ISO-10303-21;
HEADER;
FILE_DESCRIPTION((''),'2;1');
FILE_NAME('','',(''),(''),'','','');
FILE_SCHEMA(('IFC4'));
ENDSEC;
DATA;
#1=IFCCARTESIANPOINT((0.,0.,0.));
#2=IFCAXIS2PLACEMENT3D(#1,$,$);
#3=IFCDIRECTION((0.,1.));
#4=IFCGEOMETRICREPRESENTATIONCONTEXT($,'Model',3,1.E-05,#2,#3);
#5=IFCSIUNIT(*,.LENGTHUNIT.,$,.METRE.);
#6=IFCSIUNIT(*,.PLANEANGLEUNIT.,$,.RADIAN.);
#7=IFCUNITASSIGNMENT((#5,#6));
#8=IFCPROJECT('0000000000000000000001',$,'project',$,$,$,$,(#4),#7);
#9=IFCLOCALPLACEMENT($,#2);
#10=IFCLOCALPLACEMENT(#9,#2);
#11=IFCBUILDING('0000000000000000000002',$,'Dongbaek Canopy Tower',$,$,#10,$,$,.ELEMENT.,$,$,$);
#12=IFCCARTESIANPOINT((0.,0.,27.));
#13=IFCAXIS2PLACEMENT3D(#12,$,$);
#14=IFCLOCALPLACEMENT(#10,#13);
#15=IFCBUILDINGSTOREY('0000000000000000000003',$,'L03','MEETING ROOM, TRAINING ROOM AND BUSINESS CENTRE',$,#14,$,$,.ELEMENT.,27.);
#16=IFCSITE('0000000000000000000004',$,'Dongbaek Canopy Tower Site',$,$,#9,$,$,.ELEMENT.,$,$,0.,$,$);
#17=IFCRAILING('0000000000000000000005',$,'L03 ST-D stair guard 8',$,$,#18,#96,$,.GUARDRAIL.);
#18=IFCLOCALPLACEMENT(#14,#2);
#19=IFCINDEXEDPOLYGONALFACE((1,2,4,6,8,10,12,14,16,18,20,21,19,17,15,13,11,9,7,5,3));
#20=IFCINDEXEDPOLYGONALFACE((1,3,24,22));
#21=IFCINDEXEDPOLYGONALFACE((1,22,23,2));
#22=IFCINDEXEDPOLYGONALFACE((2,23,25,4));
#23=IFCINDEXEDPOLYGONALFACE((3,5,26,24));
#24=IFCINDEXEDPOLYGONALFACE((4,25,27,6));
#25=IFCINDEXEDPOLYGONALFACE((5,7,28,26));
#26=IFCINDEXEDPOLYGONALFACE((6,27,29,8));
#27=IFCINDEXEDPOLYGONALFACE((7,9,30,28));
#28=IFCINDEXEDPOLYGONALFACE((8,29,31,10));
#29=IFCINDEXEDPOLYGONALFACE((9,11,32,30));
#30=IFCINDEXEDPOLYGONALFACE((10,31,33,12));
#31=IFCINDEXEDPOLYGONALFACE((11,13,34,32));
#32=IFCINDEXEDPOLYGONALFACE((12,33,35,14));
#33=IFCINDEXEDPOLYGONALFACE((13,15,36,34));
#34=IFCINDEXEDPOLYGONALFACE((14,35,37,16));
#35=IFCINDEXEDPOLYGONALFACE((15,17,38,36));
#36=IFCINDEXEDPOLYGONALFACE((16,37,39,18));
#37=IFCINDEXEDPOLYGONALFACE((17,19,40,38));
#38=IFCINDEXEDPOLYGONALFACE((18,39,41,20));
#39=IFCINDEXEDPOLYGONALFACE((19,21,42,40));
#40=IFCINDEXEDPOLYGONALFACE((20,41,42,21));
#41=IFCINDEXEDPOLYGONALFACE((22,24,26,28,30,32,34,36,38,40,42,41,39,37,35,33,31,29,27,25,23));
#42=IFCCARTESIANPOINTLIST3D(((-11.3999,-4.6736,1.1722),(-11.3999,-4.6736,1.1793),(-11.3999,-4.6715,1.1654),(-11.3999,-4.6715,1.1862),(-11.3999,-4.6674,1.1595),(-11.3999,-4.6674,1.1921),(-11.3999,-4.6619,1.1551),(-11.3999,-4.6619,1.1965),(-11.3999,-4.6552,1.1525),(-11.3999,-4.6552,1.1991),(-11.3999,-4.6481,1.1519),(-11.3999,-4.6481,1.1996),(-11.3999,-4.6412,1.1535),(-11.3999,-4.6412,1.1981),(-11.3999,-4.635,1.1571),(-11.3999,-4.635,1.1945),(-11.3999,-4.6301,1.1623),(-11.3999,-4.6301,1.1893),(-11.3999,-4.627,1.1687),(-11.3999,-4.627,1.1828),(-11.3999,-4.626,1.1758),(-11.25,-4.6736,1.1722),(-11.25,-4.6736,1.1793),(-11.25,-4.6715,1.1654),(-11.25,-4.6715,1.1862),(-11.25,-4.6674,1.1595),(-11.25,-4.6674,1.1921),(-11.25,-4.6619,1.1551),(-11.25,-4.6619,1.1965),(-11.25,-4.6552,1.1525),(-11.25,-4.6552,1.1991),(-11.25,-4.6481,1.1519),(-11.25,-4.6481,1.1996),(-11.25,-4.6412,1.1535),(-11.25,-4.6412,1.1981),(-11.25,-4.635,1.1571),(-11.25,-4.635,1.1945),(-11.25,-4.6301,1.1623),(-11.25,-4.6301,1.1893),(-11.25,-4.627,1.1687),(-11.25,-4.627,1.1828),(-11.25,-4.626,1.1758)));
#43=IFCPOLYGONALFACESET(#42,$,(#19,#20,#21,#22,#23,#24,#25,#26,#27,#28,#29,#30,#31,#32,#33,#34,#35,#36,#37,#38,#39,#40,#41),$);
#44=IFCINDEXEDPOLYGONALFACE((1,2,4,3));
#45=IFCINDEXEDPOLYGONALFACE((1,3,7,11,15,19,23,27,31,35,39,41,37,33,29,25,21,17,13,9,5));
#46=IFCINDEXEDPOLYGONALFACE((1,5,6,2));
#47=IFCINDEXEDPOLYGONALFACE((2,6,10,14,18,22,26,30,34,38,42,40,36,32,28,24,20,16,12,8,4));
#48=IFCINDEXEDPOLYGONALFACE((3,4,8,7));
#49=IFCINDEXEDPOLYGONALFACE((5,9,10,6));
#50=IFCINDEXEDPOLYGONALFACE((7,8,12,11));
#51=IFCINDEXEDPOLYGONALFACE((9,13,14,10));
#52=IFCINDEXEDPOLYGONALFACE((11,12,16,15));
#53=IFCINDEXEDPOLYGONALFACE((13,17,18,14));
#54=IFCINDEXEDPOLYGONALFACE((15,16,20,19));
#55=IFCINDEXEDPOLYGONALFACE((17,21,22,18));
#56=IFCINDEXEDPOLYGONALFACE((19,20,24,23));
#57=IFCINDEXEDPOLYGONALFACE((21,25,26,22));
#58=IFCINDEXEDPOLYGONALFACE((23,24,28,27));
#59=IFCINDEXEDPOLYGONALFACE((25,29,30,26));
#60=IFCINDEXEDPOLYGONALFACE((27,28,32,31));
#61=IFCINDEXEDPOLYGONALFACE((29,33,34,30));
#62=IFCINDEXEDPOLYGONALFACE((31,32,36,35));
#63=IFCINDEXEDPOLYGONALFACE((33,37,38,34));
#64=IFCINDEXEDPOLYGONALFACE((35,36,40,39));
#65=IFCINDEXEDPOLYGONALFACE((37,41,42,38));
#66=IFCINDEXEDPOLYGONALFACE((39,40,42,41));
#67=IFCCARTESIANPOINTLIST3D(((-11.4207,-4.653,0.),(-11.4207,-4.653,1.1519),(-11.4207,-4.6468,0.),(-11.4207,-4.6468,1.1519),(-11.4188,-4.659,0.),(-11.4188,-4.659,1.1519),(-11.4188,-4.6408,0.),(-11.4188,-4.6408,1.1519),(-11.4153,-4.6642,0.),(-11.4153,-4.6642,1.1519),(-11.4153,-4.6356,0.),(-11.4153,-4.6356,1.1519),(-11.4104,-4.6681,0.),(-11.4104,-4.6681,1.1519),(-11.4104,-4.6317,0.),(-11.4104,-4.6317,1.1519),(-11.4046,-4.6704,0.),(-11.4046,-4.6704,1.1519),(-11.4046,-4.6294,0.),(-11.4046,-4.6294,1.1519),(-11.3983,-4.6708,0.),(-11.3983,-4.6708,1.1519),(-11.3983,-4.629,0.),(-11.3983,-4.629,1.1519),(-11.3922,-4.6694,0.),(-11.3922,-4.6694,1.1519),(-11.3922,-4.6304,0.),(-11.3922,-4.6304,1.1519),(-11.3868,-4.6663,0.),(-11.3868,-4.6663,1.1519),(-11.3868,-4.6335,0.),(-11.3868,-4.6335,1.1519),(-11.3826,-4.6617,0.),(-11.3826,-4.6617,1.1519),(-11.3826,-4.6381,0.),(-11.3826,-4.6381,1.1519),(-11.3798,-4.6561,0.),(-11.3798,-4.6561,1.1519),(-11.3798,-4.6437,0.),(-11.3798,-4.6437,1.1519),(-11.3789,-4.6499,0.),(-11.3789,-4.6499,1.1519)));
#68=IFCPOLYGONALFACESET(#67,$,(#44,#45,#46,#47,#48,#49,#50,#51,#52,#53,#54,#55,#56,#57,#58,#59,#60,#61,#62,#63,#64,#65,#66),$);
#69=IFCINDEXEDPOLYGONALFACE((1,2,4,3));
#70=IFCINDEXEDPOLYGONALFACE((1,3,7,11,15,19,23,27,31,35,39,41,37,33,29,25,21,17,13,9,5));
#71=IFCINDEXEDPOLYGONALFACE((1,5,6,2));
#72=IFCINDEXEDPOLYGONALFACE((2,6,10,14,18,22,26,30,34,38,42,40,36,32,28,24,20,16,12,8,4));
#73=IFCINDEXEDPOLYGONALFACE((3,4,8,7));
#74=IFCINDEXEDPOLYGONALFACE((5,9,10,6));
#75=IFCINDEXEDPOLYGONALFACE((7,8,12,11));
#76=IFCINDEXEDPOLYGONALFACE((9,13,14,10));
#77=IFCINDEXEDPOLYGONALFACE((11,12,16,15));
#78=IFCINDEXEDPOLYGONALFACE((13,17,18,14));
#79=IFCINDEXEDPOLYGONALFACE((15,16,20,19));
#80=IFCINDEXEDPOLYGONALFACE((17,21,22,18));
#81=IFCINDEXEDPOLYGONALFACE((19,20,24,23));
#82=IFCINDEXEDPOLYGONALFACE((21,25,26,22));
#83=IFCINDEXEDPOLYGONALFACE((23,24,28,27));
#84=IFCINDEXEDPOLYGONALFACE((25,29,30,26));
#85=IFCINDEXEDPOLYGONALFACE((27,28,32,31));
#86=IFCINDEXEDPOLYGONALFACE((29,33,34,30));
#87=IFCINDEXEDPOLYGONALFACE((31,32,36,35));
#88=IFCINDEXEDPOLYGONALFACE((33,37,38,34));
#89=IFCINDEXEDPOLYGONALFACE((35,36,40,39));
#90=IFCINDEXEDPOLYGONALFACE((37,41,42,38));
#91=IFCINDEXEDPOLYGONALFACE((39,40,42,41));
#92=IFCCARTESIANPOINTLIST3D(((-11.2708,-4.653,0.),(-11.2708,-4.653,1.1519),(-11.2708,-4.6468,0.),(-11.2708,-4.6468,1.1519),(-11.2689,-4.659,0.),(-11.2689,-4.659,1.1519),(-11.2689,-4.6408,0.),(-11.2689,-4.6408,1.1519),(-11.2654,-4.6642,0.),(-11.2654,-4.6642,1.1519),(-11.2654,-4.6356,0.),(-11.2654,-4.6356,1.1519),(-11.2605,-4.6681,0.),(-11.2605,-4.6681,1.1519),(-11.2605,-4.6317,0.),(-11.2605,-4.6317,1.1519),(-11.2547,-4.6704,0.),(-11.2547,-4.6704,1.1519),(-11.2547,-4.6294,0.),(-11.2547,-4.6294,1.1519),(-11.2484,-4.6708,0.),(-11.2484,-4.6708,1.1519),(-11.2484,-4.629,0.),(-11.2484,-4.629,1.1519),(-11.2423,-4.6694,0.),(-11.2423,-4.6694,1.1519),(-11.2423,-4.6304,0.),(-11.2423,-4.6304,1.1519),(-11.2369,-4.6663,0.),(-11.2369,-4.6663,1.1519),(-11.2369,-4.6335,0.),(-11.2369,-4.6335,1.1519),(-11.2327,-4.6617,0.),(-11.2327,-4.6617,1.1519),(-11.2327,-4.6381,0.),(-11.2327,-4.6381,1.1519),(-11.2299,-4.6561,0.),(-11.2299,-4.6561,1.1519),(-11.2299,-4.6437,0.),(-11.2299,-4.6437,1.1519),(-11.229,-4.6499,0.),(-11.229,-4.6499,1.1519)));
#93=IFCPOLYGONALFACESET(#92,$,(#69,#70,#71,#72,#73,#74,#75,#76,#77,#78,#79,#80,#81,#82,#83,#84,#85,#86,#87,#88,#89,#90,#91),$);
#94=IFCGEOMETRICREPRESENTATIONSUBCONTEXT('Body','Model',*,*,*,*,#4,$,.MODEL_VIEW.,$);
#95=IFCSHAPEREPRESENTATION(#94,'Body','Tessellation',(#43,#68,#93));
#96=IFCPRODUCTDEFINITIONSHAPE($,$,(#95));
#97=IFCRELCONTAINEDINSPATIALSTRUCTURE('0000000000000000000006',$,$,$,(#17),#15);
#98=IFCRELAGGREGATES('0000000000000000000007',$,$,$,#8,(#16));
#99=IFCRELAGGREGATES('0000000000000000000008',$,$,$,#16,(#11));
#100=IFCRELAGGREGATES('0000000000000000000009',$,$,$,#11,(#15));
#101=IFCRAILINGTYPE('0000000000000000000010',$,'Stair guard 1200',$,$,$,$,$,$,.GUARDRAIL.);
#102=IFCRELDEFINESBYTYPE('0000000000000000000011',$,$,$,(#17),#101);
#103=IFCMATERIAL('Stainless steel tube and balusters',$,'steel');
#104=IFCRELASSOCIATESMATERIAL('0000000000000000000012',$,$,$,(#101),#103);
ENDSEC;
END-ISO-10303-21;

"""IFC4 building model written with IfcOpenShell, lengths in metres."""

from ifc_helpers import new_model, si_unit, direction, frame, origin, origin_2d, place, context, subcontext, project, spatial, circle, extrude, material, type_object, element, save


model = new_model("IFC4")

# Units and contexts
model_context = context("Model", 3, precision=1e-05, world=origin(), true_north=direction((0.0, 1.0)))
body_context = subcontext(model_context, "Body", "Model", "MODEL_VIEW")
ifc_project = project(units=[si_unit("LENGTHUNIT", "METRE"), si_unit("PLANEANGLEUNIT", "RADIAN")], contexts=[model_context])

# Site, building, storey
site_placement = place(None, origin())
site = spatial("IfcSite", under=ifc_project, at=site_placement, Name="Dongbaek Canopy Tower Site", CompositionType="ELEMENT", RefElevation=0.0)
building_placement = place(site_placement, origin())
building = spatial("IfcBuilding", under=site, at=building_placement, Name="Dongbaek Canopy Tower", CompositionType="ELEMENT")
storey_placement = place(building_placement, frame((0.0, 0.0, 27.0)))
storey = spatial("IfcBuildingStorey", under=building, at=storey_placement, Name="L03", Description="MEETING ROOM, TRAINING ROOM AND BUSINESS CENTRE", CompositionType="ELEMENT", Elevation=27.0)

# Railing
ifc_material_1 = material(Name="Stainless steel tube and balusters", Category="steel")
railing_type_1 = type_object("IfcRailingType", Name="Stair guard 1200", PredefinedType="GUARDRAIL", material=ifc_material_1)
railing_1_placement = place(storey_placement, frame((-11.3999, -4.6499, 0.0)))
element("IfcRailing", 1, at=railing_1_placement, inside=storey, type_object=railing_type_1, Name="L03 ST-D stair guard 8", PredefinedType="GUARDRAIL", context=body_context, shape_type="SweptSolid", body=[
    extrude(circle(Radius=0.0239, at=origin_2d()), frame((0.0, 0.0, 1.1758), z_axis=(1.0, 0.0, 0.0), x_axis=(0.0, 1.0, 0.0)), (0.0, 0.0, 1.0), 0.1499),
    extrude(circle(Radius=0.021, at=origin_2d()), origin(), (0.0, 0.0, 1.0), 1.1519),
    extrude(circle(Radius=0.021, at=origin_2d()), frame((0.1499, 0.0, 0.0)), (0.0, 0.0, 1.0), 1.1519),
])

save(model, "model.ifc")
